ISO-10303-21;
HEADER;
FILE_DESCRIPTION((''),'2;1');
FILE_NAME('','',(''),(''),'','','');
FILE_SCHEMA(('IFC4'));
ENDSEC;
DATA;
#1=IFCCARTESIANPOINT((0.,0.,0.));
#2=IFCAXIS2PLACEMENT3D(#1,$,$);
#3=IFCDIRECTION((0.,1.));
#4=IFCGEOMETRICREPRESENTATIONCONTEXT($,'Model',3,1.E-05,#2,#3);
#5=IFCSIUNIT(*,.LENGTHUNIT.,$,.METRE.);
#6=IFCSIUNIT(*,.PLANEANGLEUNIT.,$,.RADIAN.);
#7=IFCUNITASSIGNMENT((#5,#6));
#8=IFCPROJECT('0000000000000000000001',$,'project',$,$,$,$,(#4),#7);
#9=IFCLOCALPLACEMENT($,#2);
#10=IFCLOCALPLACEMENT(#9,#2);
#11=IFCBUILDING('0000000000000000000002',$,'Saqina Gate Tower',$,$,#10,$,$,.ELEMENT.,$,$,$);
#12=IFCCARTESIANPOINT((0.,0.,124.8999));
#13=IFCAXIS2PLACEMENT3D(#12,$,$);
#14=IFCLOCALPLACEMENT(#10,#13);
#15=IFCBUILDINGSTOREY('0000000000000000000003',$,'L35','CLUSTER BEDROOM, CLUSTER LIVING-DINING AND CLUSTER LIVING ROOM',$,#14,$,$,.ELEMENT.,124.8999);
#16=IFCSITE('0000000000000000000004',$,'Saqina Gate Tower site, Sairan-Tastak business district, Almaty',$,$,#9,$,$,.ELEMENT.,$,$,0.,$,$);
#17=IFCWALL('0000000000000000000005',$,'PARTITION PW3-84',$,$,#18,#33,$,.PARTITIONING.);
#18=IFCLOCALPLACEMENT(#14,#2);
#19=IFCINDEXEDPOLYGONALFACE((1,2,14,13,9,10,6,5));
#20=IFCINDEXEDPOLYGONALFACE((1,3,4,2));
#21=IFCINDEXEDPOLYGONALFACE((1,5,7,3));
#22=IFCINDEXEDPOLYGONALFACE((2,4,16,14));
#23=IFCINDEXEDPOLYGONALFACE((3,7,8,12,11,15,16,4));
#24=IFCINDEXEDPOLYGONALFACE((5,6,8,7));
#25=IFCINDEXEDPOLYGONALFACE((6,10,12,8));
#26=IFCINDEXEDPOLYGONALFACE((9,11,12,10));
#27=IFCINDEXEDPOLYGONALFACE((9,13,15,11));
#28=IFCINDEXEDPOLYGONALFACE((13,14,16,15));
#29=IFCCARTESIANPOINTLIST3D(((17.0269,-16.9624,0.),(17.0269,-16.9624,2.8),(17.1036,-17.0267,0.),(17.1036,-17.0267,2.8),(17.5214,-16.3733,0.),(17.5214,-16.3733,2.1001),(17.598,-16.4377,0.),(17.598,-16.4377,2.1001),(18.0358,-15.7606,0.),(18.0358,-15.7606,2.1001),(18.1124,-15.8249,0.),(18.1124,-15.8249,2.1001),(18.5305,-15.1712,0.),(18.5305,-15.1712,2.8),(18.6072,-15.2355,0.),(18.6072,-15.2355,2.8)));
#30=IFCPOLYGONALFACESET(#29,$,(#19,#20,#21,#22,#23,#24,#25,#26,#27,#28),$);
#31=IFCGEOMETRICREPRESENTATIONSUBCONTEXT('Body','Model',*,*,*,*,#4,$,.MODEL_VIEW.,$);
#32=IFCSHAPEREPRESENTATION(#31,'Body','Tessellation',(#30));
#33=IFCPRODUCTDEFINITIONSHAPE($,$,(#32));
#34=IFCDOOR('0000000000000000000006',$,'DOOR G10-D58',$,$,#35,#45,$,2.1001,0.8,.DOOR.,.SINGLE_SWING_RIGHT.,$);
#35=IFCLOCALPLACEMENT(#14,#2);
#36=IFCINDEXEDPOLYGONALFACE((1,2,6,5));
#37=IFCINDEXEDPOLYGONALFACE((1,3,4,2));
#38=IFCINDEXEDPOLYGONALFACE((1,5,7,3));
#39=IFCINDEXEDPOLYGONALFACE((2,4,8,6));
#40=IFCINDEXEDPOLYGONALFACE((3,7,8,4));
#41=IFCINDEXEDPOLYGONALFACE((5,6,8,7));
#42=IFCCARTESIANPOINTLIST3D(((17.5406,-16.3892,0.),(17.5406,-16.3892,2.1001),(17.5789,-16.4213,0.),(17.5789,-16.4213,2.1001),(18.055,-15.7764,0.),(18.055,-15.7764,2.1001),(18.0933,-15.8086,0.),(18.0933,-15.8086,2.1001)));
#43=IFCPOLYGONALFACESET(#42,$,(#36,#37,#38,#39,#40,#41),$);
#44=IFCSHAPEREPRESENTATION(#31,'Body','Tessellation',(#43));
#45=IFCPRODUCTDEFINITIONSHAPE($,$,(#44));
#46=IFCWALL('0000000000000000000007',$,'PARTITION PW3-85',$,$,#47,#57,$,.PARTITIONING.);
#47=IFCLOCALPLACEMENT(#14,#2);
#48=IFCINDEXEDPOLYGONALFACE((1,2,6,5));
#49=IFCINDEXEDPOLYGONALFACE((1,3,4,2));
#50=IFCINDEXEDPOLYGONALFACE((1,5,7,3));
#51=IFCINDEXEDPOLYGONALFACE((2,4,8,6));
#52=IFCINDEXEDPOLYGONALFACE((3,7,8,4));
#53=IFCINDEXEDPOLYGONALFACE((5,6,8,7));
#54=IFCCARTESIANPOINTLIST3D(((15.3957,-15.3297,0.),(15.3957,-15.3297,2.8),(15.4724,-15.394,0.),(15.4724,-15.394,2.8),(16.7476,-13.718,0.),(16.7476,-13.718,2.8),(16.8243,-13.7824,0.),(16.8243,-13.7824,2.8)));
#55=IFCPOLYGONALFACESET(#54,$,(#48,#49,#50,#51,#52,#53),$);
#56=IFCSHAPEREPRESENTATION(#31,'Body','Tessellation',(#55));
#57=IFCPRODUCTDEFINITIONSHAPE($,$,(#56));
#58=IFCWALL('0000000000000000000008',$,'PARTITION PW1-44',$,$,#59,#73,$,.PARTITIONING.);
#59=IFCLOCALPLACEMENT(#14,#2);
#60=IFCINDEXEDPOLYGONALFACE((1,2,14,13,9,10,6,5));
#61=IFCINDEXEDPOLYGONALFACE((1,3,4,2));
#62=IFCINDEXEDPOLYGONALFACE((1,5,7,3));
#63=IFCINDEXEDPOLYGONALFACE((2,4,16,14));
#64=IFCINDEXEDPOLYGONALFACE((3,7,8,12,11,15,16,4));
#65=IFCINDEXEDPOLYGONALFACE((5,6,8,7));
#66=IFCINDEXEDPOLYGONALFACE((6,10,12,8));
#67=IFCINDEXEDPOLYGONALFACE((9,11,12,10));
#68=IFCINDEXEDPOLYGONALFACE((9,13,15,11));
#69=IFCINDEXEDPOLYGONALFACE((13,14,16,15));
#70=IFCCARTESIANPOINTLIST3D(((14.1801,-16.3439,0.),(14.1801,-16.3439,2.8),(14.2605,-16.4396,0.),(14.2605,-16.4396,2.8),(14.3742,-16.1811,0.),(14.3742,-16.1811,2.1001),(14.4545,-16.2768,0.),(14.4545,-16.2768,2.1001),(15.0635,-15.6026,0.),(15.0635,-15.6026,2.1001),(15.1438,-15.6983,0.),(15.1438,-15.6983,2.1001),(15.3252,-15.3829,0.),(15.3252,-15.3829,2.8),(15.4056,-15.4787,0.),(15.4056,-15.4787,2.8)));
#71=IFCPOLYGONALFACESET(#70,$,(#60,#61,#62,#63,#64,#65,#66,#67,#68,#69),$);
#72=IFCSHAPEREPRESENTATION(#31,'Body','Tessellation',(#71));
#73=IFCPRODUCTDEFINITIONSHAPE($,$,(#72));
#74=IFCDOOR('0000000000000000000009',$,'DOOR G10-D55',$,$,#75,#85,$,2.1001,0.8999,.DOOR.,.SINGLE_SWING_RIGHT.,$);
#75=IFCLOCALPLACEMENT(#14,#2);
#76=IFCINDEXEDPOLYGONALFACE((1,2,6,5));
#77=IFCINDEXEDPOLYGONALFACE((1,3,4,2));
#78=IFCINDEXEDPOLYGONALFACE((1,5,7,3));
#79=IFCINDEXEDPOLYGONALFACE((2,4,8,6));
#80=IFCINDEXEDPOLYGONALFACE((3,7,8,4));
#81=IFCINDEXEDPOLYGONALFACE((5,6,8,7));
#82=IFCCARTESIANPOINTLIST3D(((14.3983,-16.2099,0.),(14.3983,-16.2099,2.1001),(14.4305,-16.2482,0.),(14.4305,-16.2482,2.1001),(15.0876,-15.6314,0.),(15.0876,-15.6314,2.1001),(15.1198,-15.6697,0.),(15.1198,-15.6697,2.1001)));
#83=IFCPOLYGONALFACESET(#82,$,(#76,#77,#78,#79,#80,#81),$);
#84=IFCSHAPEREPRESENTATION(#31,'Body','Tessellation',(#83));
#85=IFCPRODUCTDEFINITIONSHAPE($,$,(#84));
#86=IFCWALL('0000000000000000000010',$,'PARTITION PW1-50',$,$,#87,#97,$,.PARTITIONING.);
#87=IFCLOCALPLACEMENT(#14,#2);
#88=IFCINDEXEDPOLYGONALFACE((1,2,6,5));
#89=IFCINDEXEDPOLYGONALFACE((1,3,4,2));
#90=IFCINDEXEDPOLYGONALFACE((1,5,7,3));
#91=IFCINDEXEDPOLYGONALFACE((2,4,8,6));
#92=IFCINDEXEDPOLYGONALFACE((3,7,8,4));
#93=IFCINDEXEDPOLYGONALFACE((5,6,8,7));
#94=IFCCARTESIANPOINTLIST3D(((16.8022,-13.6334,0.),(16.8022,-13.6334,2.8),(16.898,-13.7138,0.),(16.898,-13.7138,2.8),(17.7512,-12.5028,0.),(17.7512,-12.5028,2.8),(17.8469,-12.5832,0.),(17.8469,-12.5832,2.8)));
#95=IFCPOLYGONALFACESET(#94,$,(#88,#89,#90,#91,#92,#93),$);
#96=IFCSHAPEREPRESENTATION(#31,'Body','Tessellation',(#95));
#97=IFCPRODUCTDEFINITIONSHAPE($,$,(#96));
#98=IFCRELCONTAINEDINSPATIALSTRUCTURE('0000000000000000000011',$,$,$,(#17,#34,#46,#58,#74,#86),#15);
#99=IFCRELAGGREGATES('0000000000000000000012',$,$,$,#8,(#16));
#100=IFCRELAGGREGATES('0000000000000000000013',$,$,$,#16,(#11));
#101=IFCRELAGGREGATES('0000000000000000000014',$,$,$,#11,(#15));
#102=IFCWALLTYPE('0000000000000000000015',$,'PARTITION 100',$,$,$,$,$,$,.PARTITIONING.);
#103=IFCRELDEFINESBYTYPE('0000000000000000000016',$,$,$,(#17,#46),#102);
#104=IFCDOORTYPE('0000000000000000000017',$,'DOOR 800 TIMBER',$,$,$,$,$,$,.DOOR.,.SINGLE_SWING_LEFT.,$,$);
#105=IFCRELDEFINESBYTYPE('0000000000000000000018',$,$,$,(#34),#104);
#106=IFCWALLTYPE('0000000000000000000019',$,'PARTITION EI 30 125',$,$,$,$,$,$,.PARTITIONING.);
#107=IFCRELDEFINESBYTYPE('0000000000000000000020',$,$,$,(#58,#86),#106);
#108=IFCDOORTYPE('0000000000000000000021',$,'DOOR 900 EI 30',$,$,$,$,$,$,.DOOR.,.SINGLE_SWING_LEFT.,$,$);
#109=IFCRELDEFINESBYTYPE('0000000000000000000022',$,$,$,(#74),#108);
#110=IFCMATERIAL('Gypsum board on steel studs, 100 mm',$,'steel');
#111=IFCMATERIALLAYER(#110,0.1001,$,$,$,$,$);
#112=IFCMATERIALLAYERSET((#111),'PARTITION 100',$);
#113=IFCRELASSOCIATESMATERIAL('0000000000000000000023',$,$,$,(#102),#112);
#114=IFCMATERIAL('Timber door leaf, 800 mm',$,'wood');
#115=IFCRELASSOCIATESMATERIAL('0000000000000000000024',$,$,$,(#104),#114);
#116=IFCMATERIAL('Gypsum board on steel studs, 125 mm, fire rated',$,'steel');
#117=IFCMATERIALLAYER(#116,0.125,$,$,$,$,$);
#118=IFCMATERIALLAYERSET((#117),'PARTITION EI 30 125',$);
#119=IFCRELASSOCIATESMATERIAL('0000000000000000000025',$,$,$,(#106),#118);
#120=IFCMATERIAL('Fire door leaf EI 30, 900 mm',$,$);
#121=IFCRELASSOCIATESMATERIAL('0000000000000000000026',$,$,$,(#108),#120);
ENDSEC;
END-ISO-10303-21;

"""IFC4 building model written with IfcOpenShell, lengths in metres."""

from ifc_helpers import new_model, si_unit, direction, frame, frame_2d, origin, place, context, subcontext, project, spatial, rectangle, extrude, material, layer, layer_set, type_object, element, fill, save


model = new_model("IFC4")

# Units and contexts
model_context = context("Model", 3, precision=1e-05, world=origin(), true_north=direction((0.0, 1.0)))
body_context = subcontext(model_context, "Body", "Model", "MODEL_VIEW")
ifc_project = project(units=[si_unit("LENGTHUNIT", "METRE"), si_unit("PLANEANGLEUNIT", "RADIAN")], contexts=[model_context])

# Site, building, storey
site_placement = place(None, origin())
site = spatial("IfcSite", under=ifc_project, at=site_placement, Name="Saqina Gate Tower site, Sairan-Tastak business district, Almaty", CompositionType="ELEMENT", RefElevation=0.0)
building_placement = place(site_placement, origin())
building = spatial("IfcBuilding", under=site, at=building_placement, Name="Saqina Gate Tower", CompositionType="ELEMENT")
storey_placement = place(building_placement, frame((0.0, 0.0, 124.8999)))
storey = spatial("IfcBuildingStorey", under=building, at=storey_placement, Name="L35", Description="CLUSTER BEDROOM, CLUSTER LIVING-DINING AND CLUSTER LIVING ROOM", CompositionType="ELEMENT", Elevation=124.8999)

# Shared definitions
ifc_material_1 = material(Name="Gypsum board on steel studs, 100 mm", Category="steel")
ifc_layer_1 = layer(ifc_material_1, 0.1001)
ifc_layer_set_1 = layer_set([ifc_layer_1], Name="PARTITION 100")
wall_type_1 = type_object("IfcWallType", Name="PARTITION 100", PredefinedType="PARTITIONING", material=ifc_layer_set_1)

# Wall, opening, door
wall_1_placement = place(storey_placement, frame((17.0652, -16.9946, 0.0), z_axis=(0.0, 0.0, 1.0), x_axis=(0.642942, 0.765915, 0.0)))
wall_1 = element("IfcWall", 1, at=wall_1_placement, inside=storey, type_object=wall_type_1, Name="PARTITION PW3-84", PredefinedType="PARTITIONING", context=body_context, shape_type="SweptSolid", body=[
    extrude(rectangle(XDim=2.3386, YDim=0.1001, at=frame_2d((1.1694, 0.0))), origin(), (0.0, 0.0, 1.0), 2.8),
])
opening_1_placement = place(wall_1_placement, frame((0.7693, 0.0, 0.0)))
opening_1 = element("IfcOpeningElement", 2, at=opening_1_placement, cuts=wall_1, PredefinedType="OPENING", context=body_context, shape_type="SweptSolid", body=[
    extrude(rectangle(XDim=0.8, YDim=2.1001, at=frame_2d((0.3999, 1.05))), frame((0.0, 0.062, 0.0), z_axis=(0.0, -1.0, 0.0), x_axis=(1.0, 0.0, 0.0)), (0.0, 0.0, 1.0), 0.124),
])
ifc_material_2 = material(Name="Timber door leaf, 800 mm", Category="wood")
door_type_1 = type_object("IfcDoorType", Name="DOOR 800 TIMBER", OperationType="SINGLE_SWING_LEFT", PredefinedType="DOOR", material=ifc_material_2)
door_1_placement = place(opening_1_placement, frame((0.8, 0.0, 0.0), z_axis=(0.0, 0.0, 1.0), x_axis=(-1.0, 0.0, 0.0)))
door_1 = element("IfcDoor", 3, at=door_1_placement, inside=storey, type_object=door_type_1, Name="DOOR G10-D58", OperationType="SINGLE_SWING_RIGHT", OverallHeight=2.1001, OverallWidth=0.8, PredefinedType="DOOR", context=body_context, shape_type="SweptSolid", body=[
    extrude(rectangle(XDim=0.8, YDim=2.1001, at=frame_2d((0.3999, 1.05))), frame((0.0, 0.0249, 0.0), z_axis=(0.0, -1.0, 0.0), x_axis=(1.0, 0.0, 0.0)), (0.0, 0.0, 1.0), 0.05),
])
fill(opening_1, door_1)

# Wall
wall_2_placement = place(storey_placement, frame((15.4341, -15.3618, 0.0), z_axis=(0.0, 0.0, 1.0), x_axis=(0.642658, 0.766153, 0.0)))
element("IfcWall", 4, at=wall_2_placement, inside=storey, type_object=wall_type_1, Name="PARTITION PW3-85", PredefinedType="PARTITIONING", context=body_context, shape_type="SweptSolid", body=[
    extrude(rectangle(XDim=2.1035, YDim=0.1001, at=frame_2d((1.0518, 0.0))), origin(), (0.0, 0.0, 1.0), 2.8),
])

# Wall, opening, door
ifc_material_3 = material(Name="Gypsum board on steel studs, 125 mm, fire rated", Category="steel")
ifc_layer_2 = layer(ifc_material_3, 0.125)
ifc_layer_set_2 = layer_set([ifc_layer_2], Name="PARTITION EI 30 125")
wall_type_2 = type_object("IfcWallType", Name="PARTITION EI 30 125", PredefinedType="PARTITIONING", material=ifc_layer_set_2)
wall_3_placement = place(storey_placement, frame((14.2202, -16.3918, 0.0), z_axis=(0.0, 0.0, 1.0), x_axis=(0.765994, 0.642847, 0.0)))
wall_3 = element("IfcWall", 5, at=wall_3_placement, inside=storey, type_object=wall_type_2, Name="PARTITION PW1-44", PredefinedType="PARTITIONING", context=body_context, shape_type="SweptSolid", body=[
    extrude(rectangle(XDim=1.4949, YDim=0.125, at=frame_2d((0.7476, 0.0))), origin(), (0.0, 0.0, 1.0), 2.8),
])
opening_2_placement = place(wall_3_placement, frame((0.2534, 0.0, 0.0)))
opening_2 = element("IfcOpeningElement", 6, at=opening_2_placement, cuts=wall_3, PredefinedType="OPENING", context=body_context, shape_type="SweptSolid", body=[
    extrude(rectangle(XDim=0.8999, YDim=2.1001, at=frame_2d((0.45, 1.05))), frame((0.0, 0.0745, 0.0), z_axis=(0.0, -1.0, 0.0), x_axis=(1.0, 0.0, 0.0)), (0.0, 0.0, 1.0), 0.1489),
])
ifc_material_4 = material(Name="Fire door leaf EI 30, 900 mm")
door_type_2 = type_object("IfcDoorType", Name="DOOR 900 EI 30", OperationType="SINGLE_SWING_LEFT", PredefinedType="DOOR", material=ifc_material_4)
door_2_placement = place(opening_2_placement, origin())
door_2 = element("IfcDoor", 7, at=door_2_placement, inside=storey, type_object=door_type_2, Name="DOOR G10-D55", OperationType="SINGLE_SWING_RIGHT", OverallHeight=2.1001, OverallWidth=0.8999, PredefinedType="DOOR", context=body_context, shape_type="SweptSolid", body=[
    extrude(rectangle(XDim=0.8999, YDim=2.1001, at=frame_2d((0.45, 1.05))), frame((0.0, 0.0249, 0.0), z_axis=(0.0, -1.0, 0.0), x_axis=(1.0, 0.0, 0.0)), (0.0, 0.0, 1.0), 0.05),
])
fill(opening_2, door_2)

# Wall
wall_4_placement = place(storey_placement, frame((16.8501, -13.6736, 0.0), z_axis=(0.0, 0.0, 1.0), x_axis=(0.642897, 0.765952, 0.0)))
element("IfcWall", 8, at=wall_4_placement, inside=storey, type_object=wall_type_2, Name="PARTITION PW1-50", PredefinedType="PARTITIONING", context=body_context, shape_type="SweptSolid", body=[
    extrude(rectangle(XDim=1.4761, YDim=0.125, at=frame_2d((0.738, 0.0))), origin(), (0.0, 0.0, 1.0), 2.8),
])

save(model, "model.ifc")
